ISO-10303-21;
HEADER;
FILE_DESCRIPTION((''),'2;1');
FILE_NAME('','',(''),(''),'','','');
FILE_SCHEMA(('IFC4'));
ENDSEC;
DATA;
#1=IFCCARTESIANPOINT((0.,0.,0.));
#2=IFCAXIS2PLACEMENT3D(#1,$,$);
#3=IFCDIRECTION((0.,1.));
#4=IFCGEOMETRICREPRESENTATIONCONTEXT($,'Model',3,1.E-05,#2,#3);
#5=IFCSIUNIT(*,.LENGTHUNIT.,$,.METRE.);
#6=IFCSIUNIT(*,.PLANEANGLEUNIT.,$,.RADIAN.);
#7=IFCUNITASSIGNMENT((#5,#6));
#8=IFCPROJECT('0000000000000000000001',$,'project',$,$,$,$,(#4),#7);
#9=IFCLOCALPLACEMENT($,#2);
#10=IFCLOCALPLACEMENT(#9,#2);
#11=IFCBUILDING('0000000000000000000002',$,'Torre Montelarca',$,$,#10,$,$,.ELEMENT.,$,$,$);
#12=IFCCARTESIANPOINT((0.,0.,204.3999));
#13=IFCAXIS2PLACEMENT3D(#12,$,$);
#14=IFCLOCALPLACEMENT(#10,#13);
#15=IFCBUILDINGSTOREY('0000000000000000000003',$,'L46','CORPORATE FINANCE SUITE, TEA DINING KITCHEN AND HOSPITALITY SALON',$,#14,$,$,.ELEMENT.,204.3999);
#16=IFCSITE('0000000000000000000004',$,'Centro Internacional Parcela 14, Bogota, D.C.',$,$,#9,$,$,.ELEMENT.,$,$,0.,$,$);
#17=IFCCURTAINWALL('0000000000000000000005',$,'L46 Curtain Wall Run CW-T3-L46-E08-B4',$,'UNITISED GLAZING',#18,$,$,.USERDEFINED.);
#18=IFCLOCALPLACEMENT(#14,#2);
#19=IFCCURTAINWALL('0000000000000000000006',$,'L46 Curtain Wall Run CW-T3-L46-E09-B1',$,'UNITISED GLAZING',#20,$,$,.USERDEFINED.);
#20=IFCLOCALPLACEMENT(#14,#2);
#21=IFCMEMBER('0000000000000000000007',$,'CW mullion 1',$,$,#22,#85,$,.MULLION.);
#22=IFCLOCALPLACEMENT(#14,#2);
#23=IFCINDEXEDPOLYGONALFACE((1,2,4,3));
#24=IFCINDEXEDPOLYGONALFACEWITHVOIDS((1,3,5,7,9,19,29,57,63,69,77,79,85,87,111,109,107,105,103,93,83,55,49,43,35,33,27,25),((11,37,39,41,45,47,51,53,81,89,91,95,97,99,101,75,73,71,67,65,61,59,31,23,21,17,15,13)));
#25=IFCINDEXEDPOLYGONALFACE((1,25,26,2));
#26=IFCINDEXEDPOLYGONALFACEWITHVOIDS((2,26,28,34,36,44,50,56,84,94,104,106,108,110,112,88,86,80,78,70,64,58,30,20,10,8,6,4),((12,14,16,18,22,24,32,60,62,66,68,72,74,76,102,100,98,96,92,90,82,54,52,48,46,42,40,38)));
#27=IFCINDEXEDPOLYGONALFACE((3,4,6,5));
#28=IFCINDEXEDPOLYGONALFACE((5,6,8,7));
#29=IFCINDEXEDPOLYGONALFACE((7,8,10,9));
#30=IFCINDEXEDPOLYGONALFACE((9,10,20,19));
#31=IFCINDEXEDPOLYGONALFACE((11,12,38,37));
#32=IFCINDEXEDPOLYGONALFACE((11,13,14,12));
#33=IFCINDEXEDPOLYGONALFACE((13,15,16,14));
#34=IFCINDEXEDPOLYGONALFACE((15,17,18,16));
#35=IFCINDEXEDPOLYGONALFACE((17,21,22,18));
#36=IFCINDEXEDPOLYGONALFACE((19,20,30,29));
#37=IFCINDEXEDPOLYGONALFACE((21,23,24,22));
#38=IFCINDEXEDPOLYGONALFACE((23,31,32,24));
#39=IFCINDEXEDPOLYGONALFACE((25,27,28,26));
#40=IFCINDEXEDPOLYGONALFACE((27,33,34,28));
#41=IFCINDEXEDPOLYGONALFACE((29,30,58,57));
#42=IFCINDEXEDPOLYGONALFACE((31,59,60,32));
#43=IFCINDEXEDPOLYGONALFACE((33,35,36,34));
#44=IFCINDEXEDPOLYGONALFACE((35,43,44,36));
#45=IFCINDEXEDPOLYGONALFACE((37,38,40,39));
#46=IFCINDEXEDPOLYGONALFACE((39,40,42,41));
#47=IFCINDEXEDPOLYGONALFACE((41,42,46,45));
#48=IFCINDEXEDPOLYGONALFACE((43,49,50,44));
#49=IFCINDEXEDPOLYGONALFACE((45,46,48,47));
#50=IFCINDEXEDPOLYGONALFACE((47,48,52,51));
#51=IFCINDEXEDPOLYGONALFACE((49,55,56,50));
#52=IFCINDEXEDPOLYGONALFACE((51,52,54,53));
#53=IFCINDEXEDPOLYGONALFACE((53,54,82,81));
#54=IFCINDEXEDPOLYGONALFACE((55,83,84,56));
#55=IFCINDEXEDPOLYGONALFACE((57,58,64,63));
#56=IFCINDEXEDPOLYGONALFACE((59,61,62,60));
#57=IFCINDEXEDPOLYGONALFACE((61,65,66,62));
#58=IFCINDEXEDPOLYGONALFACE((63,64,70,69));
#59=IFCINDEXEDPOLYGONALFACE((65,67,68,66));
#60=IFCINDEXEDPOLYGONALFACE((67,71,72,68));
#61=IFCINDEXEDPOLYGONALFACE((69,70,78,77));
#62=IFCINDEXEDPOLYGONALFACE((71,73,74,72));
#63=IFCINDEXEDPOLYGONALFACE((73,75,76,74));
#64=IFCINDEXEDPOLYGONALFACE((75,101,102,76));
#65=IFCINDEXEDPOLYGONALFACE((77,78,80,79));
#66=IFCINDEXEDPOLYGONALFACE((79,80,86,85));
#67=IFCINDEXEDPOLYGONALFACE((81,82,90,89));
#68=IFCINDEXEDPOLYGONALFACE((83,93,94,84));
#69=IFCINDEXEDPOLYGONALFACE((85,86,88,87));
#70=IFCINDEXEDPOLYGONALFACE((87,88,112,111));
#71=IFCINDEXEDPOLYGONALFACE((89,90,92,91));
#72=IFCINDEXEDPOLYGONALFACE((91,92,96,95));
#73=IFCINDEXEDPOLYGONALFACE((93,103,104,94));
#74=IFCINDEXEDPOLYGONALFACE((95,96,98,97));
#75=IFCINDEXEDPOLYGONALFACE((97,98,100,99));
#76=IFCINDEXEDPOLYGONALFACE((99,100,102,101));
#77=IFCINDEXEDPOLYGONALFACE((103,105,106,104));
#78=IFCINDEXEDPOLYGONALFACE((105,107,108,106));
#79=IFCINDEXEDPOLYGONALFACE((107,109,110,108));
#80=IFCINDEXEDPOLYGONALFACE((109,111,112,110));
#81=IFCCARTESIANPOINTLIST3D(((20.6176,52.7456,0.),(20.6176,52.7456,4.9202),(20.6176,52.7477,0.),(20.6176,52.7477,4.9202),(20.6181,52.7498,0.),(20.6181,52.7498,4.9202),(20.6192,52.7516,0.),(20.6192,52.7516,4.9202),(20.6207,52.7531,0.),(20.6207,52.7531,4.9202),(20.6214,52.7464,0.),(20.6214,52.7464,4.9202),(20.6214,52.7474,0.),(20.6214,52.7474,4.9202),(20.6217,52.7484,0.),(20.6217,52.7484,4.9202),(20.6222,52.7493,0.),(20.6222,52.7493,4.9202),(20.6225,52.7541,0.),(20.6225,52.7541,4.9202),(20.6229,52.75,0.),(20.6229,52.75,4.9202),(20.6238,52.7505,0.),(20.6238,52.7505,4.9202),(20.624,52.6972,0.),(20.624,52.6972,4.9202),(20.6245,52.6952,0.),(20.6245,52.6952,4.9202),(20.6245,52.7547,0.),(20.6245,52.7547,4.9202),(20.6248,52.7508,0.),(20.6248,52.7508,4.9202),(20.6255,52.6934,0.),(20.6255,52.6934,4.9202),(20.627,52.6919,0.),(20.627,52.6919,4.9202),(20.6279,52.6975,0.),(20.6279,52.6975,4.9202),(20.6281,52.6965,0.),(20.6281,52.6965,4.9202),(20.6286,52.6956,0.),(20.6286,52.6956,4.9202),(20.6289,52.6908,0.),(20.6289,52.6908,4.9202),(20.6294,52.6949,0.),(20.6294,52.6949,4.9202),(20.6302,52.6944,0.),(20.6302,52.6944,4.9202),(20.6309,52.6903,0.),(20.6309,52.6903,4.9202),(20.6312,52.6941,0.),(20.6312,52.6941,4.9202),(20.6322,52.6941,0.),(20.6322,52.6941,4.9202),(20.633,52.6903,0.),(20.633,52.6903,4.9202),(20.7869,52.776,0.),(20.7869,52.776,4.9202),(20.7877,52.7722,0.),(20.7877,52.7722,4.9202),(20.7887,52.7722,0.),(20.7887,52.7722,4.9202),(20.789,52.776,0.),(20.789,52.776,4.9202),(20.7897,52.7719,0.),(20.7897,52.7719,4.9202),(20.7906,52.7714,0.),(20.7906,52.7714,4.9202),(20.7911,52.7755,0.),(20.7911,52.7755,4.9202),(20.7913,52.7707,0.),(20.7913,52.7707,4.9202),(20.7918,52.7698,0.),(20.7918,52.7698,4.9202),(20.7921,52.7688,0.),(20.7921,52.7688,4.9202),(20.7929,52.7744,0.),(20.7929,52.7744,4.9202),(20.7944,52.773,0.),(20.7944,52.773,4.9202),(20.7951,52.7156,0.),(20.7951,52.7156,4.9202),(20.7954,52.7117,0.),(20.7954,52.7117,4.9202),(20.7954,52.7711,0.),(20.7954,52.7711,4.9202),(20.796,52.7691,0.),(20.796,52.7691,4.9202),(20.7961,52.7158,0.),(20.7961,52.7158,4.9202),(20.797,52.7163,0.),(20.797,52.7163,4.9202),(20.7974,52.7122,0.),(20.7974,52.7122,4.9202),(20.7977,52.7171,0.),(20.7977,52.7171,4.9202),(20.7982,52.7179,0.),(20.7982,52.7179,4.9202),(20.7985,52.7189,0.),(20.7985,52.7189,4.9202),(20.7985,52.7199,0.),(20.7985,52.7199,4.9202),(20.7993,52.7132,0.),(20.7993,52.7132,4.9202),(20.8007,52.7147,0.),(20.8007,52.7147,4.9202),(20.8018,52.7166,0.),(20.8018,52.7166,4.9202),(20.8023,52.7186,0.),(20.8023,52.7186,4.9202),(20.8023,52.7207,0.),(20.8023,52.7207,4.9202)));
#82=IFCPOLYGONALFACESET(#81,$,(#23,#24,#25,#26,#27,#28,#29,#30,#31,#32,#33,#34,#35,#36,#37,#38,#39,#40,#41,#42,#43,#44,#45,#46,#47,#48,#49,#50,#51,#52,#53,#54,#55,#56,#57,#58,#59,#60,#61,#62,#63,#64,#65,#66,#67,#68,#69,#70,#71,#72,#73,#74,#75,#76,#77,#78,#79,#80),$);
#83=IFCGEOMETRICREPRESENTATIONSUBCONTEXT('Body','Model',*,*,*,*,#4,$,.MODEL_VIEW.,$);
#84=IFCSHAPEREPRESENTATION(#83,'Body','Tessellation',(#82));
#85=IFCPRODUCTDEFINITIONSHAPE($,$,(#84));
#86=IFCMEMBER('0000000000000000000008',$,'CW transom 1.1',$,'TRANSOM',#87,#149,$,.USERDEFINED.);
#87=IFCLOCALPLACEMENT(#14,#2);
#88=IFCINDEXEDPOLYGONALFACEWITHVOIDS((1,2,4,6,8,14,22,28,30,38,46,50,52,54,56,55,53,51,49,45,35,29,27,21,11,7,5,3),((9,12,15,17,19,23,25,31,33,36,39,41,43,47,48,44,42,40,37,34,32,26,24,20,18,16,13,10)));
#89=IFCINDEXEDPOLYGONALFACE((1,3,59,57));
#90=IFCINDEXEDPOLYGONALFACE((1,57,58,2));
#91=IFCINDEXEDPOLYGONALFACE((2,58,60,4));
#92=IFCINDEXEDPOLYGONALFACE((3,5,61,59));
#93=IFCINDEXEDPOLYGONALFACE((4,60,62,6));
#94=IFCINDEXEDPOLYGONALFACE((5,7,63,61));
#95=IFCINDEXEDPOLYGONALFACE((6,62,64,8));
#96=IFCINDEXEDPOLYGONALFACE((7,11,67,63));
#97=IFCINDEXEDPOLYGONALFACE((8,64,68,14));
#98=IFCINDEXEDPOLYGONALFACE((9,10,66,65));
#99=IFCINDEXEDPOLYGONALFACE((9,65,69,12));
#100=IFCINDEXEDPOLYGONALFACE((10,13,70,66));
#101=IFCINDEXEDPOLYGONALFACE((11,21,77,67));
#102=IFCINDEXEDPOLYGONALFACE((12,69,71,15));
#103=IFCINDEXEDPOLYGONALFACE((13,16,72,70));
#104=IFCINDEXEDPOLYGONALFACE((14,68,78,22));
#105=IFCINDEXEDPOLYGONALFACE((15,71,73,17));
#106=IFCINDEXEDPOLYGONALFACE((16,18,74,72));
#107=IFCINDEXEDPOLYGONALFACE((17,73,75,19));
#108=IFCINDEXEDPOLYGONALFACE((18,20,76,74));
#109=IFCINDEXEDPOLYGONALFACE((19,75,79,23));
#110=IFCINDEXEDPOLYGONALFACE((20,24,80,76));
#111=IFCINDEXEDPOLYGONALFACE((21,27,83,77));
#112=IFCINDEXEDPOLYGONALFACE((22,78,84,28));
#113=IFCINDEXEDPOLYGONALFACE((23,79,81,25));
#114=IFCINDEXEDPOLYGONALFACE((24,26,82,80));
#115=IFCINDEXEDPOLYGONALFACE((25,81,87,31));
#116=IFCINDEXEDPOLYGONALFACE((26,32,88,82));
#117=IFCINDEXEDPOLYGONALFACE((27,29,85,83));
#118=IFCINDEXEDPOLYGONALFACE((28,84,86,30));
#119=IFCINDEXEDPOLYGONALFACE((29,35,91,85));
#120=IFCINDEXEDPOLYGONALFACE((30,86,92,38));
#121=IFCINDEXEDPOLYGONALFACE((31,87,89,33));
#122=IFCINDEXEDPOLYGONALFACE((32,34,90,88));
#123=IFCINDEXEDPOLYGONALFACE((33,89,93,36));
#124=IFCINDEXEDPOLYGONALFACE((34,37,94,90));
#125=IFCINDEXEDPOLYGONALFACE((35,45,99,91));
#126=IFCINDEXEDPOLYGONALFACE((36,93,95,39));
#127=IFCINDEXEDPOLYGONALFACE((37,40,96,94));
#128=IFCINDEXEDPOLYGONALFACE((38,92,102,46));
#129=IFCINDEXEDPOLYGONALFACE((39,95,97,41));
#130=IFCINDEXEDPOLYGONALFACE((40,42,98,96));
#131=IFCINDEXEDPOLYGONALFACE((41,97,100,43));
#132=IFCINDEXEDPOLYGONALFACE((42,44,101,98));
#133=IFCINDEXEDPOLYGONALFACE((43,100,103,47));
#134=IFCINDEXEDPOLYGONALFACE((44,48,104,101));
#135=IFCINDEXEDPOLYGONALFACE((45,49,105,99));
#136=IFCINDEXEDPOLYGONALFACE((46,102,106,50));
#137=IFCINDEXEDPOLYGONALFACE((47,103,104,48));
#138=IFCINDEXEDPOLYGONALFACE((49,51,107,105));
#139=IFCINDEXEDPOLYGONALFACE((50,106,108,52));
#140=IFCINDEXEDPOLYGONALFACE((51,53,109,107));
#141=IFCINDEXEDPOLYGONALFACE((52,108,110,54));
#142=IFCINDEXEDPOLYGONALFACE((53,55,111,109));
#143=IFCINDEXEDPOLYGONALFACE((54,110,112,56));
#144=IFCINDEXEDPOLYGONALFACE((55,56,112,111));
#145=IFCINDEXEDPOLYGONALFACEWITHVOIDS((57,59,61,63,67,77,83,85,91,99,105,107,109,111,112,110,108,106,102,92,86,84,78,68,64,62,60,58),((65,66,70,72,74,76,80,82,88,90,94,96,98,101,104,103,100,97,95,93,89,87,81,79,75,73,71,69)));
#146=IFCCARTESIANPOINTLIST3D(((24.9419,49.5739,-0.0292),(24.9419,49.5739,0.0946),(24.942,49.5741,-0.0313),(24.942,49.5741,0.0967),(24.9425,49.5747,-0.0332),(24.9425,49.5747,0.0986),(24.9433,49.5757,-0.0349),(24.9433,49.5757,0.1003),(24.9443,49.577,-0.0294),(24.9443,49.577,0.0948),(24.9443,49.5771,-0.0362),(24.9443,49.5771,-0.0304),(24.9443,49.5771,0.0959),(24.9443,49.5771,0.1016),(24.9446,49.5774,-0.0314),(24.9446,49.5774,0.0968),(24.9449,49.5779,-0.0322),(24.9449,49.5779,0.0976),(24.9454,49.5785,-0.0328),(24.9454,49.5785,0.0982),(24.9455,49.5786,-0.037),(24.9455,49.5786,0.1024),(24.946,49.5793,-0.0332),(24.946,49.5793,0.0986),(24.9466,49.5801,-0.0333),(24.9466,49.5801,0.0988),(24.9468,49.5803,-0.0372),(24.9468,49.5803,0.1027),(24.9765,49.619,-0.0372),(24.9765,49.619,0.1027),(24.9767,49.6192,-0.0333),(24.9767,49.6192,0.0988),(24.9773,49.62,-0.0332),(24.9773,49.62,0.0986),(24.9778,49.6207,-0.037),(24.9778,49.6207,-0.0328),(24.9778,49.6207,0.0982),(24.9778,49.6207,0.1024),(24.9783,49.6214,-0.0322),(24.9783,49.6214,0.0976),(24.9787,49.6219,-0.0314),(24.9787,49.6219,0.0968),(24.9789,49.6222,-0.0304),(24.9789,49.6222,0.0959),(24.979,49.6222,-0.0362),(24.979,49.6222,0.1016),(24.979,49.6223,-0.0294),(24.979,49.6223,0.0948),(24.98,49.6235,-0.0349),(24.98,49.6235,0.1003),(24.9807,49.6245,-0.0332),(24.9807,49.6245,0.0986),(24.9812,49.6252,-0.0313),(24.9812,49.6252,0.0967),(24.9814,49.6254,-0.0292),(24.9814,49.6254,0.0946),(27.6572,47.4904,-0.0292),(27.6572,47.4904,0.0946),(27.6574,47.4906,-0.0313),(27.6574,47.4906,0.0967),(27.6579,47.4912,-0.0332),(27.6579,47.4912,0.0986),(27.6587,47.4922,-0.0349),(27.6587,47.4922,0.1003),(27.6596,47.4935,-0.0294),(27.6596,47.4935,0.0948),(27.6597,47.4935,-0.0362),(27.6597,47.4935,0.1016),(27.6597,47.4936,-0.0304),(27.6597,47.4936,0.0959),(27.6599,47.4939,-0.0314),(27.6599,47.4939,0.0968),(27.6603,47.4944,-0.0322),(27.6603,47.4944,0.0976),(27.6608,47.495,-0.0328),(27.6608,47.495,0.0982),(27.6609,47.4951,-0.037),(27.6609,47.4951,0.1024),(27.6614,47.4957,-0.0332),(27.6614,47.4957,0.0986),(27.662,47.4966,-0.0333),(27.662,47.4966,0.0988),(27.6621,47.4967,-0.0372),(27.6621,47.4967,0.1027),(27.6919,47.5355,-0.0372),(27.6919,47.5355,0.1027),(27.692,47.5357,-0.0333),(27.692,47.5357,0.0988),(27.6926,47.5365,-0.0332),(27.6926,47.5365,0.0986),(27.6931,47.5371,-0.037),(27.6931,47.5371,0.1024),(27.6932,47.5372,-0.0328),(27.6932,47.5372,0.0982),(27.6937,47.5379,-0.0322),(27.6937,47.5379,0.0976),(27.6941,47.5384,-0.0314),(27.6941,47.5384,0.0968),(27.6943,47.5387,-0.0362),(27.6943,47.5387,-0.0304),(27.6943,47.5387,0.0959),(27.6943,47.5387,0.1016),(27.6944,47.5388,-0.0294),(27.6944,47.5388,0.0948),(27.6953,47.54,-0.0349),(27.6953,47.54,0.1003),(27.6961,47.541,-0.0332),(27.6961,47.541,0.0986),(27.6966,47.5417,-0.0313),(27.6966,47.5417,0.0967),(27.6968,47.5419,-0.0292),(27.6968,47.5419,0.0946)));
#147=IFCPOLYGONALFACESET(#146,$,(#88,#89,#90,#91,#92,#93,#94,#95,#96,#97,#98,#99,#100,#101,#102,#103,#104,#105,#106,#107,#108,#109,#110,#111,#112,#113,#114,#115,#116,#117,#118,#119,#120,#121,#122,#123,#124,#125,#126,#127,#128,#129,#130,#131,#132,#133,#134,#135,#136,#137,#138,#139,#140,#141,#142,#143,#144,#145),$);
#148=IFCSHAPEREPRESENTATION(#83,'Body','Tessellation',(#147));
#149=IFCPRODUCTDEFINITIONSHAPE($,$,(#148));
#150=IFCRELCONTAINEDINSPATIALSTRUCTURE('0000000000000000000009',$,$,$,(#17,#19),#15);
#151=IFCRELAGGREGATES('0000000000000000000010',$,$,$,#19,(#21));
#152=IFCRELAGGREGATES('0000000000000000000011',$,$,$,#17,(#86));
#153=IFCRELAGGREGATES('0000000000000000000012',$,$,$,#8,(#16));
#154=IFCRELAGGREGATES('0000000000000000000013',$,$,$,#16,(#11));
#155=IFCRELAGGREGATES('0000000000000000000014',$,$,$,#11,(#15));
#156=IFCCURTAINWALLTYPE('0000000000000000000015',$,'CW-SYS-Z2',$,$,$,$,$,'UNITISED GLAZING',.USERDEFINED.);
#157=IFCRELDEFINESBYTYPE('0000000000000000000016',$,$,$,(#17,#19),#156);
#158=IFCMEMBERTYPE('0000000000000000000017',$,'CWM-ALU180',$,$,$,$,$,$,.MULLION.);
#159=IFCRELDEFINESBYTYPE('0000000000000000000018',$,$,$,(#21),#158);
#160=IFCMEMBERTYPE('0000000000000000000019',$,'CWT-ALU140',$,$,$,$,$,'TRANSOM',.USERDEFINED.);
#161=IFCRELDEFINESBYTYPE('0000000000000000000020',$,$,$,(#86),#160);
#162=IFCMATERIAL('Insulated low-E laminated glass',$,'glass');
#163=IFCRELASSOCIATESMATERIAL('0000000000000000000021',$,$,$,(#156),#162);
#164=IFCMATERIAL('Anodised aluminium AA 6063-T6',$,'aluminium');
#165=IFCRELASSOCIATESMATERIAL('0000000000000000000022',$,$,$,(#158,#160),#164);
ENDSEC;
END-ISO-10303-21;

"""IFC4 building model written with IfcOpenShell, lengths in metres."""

from ifc_helpers import new_model, si_unit, direction, frame, origin, origin_2d, place, context, subcontext, project, spatial, hollow_rectangle, extrude, source, transform, mapped, material, material_profile, profile_set, type_object, element, aggregate, save


model = new_model("IFC4")

# Units and contexts
model_context = context("Model", 3, precision=1e-05, world=origin(), true_north=direction((0.0, 1.0)))
body_context = subcontext(model_context, "Body", "Model", "MODEL_VIEW")
ifc_project = project(units=[si_unit("LENGTHUNIT", "METRE"), si_unit("PLANEANGLEUNIT", "RADIAN")], contexts=[model_context])

# Site, building, storey
site_placement = place(None, origin())
site = spatial("IfcSite", under=ifc_project, at=site_placement, Name="Centro Internacional Parcela 14, Bogota, D.C.", CompositionType="ELEMENT", RefElevation=0.0)
building_placement = place(site_placement, origin())
building = spatial("IfcBuilding", under=site, at=building_placement, Name="Torre Montelarca", CompositionType="ELEMENT")
storey_placement = place(building_placement, frame((0.0, 0.0, 204.3999)))
storey = spatial("IfcBuildingStorey", under=building, at=storey_placement, Name="L46", Description="CORPORATE FINANCE SUITE, TEA DINING KITCHEN AND HOSPITALITY SALON", CompositionType="ELEMENT", Elevation=204.3999)

# Shared definitions
ifc_material_1 = material(Name="Insulated low-E laminated glass", Category="glass")
curtain_wall_type = type_object("IfcCurtainWallType", Name="CW-SYS-Z2", ElementType="UNITISED GLAZING", PredefinedType="USERDEFINED", material=ifc_material_1)
ifc_material_2 = material(Name="Anodised aluminium AA 6063-T6", Category="aluminium")
ifc_material_profile_1 = material_profile(ifc_material_2, hollow_rectangle(XDim=0.0649, YDim=0.1799, WallThickness=0.0039, InnerFilletRadius=0.0039, OuterFilletRadius=0.0081, at=origin_2d()), Name="ALU65X180X4", Category="aluminium")
ifc_profile_set_1 = profile_set([ifc_material_profile_1], Name="Anodised aluminium AA 6063-T6")
member_type_1 = type_object("IfcMemberType", Name="CWM-ALU180", PredefinedType="MULLION", material=ifc_profile_set_1)
shared_shape_1 = source(origin(), body_context, "Body", "SweptSolid", [
    extrude(hollow_rectangle(XDim=0.0649, YDim=0.1799, WallThickness=0.0039, InnerFilletRadius=0.0039, OuterFilletRadius=0.0081, at=origin_2d()), origin(), (0.0, 0.0, 1.0), 4.9202),
])

# Curtain wall
curtain_wall_1_placement = place(storey_placement, origin())
curtain_wall_1 = element("IfcCurtainWall", 1, at=curtain_wall_1_placement, inside=storey, type_object=curtain_wall_type, Name="L46 Curtain Wall Run CW-T3-L46-E08-B4", ObjectType="UNITISED GLAZING", PredefinedType="USERDEFINED")

# Curtain wall, member
curtain_wall_2_placement = place(storey_placement, origin())
curtain_wall_2 = element("IfcCurtainWall", 2, at=curtain_wall_2_placement, inside=storey, type_object=curtain_wall_type, Name="L46 Curtain Wall Run CW-T3-L46-E09-B1", ObjectType="UNITISED GLAZING", PredefinedType="USERDEFINED")
member_1_placement = place(storey_placement, frame((20.71, 52.7332, 0.0), z_axis=(0.0, 0.0, 1.0), x_axis=(0.130514, -0.991446, 0.0)))
member_1 = element("IfcMember", 3, at=member_1_placement, type_object=member_type_1, Name="CW mullion 1", PredefinedType="MULLION", context=body_context, shape_type="MappedRepresentation", body=[
    mapped(shared_shape_1, transform((0.0, 0.0, 0.0), scale=1.0)),
])
aggregate(curtain_wall_2, [member_1])

# Member
ifc_material_profile_2 = material_profile(ifc_material_2, hollow_rectangle(XDim=0.0649, YDim=0.1399, WallThickness=0.0039, InnerFilletRadius=0.0039, OuterFilletRadius=0.0081, at=origin_2d()), Name="ALU65X140X4", Category="aluminium")
ifc_profile_set_2 = profile_set([ifc_material_profile_2], Name="Anodised aluminium AA 6063-T6")
member_type_2 = type_object("IfcMemberType", Name="CWT-ALU140", ElementType="TRANSOM", PredefinedType="USERDEFINED", material=ifc_profile_set_2)
shared_shape_2 = source(origin(), body_context, "Body", "SweptSolid", [
    extrude(hollow_rectangle(XDim=0.0649, YDim=0.1399, WallThickness=0.0039, InnerFilletRadius=0.0039, OuterFilletRadius=0.0081, at=origin_2d()), origin(), (0.0, 0.0, 1.0), 3.4226),
])
member_2_placement = place(storey_placement, frame((27.677, 47.5161, 0.0327), z_axis=(-0.793361, 0.608752, 0.0), x_axis=(-0.608752, -0.793361, 0.0)))
member_2 = element("IfcMember", 4, at=member_2_placement, type_object=member_type_2, Name="CW transom 1.1", ObjectType="TRANSOM", PredefinedType="USERDEFINED", context=body_context, shape_type="MappedRepresentation", body=[
    mapped(shared_shape_2, transform((0.0, 0.0, 0.0), scale=1.0)),
])

aggregate(curtain_wall_1, [member_2])

save(model, "model.ifc")
